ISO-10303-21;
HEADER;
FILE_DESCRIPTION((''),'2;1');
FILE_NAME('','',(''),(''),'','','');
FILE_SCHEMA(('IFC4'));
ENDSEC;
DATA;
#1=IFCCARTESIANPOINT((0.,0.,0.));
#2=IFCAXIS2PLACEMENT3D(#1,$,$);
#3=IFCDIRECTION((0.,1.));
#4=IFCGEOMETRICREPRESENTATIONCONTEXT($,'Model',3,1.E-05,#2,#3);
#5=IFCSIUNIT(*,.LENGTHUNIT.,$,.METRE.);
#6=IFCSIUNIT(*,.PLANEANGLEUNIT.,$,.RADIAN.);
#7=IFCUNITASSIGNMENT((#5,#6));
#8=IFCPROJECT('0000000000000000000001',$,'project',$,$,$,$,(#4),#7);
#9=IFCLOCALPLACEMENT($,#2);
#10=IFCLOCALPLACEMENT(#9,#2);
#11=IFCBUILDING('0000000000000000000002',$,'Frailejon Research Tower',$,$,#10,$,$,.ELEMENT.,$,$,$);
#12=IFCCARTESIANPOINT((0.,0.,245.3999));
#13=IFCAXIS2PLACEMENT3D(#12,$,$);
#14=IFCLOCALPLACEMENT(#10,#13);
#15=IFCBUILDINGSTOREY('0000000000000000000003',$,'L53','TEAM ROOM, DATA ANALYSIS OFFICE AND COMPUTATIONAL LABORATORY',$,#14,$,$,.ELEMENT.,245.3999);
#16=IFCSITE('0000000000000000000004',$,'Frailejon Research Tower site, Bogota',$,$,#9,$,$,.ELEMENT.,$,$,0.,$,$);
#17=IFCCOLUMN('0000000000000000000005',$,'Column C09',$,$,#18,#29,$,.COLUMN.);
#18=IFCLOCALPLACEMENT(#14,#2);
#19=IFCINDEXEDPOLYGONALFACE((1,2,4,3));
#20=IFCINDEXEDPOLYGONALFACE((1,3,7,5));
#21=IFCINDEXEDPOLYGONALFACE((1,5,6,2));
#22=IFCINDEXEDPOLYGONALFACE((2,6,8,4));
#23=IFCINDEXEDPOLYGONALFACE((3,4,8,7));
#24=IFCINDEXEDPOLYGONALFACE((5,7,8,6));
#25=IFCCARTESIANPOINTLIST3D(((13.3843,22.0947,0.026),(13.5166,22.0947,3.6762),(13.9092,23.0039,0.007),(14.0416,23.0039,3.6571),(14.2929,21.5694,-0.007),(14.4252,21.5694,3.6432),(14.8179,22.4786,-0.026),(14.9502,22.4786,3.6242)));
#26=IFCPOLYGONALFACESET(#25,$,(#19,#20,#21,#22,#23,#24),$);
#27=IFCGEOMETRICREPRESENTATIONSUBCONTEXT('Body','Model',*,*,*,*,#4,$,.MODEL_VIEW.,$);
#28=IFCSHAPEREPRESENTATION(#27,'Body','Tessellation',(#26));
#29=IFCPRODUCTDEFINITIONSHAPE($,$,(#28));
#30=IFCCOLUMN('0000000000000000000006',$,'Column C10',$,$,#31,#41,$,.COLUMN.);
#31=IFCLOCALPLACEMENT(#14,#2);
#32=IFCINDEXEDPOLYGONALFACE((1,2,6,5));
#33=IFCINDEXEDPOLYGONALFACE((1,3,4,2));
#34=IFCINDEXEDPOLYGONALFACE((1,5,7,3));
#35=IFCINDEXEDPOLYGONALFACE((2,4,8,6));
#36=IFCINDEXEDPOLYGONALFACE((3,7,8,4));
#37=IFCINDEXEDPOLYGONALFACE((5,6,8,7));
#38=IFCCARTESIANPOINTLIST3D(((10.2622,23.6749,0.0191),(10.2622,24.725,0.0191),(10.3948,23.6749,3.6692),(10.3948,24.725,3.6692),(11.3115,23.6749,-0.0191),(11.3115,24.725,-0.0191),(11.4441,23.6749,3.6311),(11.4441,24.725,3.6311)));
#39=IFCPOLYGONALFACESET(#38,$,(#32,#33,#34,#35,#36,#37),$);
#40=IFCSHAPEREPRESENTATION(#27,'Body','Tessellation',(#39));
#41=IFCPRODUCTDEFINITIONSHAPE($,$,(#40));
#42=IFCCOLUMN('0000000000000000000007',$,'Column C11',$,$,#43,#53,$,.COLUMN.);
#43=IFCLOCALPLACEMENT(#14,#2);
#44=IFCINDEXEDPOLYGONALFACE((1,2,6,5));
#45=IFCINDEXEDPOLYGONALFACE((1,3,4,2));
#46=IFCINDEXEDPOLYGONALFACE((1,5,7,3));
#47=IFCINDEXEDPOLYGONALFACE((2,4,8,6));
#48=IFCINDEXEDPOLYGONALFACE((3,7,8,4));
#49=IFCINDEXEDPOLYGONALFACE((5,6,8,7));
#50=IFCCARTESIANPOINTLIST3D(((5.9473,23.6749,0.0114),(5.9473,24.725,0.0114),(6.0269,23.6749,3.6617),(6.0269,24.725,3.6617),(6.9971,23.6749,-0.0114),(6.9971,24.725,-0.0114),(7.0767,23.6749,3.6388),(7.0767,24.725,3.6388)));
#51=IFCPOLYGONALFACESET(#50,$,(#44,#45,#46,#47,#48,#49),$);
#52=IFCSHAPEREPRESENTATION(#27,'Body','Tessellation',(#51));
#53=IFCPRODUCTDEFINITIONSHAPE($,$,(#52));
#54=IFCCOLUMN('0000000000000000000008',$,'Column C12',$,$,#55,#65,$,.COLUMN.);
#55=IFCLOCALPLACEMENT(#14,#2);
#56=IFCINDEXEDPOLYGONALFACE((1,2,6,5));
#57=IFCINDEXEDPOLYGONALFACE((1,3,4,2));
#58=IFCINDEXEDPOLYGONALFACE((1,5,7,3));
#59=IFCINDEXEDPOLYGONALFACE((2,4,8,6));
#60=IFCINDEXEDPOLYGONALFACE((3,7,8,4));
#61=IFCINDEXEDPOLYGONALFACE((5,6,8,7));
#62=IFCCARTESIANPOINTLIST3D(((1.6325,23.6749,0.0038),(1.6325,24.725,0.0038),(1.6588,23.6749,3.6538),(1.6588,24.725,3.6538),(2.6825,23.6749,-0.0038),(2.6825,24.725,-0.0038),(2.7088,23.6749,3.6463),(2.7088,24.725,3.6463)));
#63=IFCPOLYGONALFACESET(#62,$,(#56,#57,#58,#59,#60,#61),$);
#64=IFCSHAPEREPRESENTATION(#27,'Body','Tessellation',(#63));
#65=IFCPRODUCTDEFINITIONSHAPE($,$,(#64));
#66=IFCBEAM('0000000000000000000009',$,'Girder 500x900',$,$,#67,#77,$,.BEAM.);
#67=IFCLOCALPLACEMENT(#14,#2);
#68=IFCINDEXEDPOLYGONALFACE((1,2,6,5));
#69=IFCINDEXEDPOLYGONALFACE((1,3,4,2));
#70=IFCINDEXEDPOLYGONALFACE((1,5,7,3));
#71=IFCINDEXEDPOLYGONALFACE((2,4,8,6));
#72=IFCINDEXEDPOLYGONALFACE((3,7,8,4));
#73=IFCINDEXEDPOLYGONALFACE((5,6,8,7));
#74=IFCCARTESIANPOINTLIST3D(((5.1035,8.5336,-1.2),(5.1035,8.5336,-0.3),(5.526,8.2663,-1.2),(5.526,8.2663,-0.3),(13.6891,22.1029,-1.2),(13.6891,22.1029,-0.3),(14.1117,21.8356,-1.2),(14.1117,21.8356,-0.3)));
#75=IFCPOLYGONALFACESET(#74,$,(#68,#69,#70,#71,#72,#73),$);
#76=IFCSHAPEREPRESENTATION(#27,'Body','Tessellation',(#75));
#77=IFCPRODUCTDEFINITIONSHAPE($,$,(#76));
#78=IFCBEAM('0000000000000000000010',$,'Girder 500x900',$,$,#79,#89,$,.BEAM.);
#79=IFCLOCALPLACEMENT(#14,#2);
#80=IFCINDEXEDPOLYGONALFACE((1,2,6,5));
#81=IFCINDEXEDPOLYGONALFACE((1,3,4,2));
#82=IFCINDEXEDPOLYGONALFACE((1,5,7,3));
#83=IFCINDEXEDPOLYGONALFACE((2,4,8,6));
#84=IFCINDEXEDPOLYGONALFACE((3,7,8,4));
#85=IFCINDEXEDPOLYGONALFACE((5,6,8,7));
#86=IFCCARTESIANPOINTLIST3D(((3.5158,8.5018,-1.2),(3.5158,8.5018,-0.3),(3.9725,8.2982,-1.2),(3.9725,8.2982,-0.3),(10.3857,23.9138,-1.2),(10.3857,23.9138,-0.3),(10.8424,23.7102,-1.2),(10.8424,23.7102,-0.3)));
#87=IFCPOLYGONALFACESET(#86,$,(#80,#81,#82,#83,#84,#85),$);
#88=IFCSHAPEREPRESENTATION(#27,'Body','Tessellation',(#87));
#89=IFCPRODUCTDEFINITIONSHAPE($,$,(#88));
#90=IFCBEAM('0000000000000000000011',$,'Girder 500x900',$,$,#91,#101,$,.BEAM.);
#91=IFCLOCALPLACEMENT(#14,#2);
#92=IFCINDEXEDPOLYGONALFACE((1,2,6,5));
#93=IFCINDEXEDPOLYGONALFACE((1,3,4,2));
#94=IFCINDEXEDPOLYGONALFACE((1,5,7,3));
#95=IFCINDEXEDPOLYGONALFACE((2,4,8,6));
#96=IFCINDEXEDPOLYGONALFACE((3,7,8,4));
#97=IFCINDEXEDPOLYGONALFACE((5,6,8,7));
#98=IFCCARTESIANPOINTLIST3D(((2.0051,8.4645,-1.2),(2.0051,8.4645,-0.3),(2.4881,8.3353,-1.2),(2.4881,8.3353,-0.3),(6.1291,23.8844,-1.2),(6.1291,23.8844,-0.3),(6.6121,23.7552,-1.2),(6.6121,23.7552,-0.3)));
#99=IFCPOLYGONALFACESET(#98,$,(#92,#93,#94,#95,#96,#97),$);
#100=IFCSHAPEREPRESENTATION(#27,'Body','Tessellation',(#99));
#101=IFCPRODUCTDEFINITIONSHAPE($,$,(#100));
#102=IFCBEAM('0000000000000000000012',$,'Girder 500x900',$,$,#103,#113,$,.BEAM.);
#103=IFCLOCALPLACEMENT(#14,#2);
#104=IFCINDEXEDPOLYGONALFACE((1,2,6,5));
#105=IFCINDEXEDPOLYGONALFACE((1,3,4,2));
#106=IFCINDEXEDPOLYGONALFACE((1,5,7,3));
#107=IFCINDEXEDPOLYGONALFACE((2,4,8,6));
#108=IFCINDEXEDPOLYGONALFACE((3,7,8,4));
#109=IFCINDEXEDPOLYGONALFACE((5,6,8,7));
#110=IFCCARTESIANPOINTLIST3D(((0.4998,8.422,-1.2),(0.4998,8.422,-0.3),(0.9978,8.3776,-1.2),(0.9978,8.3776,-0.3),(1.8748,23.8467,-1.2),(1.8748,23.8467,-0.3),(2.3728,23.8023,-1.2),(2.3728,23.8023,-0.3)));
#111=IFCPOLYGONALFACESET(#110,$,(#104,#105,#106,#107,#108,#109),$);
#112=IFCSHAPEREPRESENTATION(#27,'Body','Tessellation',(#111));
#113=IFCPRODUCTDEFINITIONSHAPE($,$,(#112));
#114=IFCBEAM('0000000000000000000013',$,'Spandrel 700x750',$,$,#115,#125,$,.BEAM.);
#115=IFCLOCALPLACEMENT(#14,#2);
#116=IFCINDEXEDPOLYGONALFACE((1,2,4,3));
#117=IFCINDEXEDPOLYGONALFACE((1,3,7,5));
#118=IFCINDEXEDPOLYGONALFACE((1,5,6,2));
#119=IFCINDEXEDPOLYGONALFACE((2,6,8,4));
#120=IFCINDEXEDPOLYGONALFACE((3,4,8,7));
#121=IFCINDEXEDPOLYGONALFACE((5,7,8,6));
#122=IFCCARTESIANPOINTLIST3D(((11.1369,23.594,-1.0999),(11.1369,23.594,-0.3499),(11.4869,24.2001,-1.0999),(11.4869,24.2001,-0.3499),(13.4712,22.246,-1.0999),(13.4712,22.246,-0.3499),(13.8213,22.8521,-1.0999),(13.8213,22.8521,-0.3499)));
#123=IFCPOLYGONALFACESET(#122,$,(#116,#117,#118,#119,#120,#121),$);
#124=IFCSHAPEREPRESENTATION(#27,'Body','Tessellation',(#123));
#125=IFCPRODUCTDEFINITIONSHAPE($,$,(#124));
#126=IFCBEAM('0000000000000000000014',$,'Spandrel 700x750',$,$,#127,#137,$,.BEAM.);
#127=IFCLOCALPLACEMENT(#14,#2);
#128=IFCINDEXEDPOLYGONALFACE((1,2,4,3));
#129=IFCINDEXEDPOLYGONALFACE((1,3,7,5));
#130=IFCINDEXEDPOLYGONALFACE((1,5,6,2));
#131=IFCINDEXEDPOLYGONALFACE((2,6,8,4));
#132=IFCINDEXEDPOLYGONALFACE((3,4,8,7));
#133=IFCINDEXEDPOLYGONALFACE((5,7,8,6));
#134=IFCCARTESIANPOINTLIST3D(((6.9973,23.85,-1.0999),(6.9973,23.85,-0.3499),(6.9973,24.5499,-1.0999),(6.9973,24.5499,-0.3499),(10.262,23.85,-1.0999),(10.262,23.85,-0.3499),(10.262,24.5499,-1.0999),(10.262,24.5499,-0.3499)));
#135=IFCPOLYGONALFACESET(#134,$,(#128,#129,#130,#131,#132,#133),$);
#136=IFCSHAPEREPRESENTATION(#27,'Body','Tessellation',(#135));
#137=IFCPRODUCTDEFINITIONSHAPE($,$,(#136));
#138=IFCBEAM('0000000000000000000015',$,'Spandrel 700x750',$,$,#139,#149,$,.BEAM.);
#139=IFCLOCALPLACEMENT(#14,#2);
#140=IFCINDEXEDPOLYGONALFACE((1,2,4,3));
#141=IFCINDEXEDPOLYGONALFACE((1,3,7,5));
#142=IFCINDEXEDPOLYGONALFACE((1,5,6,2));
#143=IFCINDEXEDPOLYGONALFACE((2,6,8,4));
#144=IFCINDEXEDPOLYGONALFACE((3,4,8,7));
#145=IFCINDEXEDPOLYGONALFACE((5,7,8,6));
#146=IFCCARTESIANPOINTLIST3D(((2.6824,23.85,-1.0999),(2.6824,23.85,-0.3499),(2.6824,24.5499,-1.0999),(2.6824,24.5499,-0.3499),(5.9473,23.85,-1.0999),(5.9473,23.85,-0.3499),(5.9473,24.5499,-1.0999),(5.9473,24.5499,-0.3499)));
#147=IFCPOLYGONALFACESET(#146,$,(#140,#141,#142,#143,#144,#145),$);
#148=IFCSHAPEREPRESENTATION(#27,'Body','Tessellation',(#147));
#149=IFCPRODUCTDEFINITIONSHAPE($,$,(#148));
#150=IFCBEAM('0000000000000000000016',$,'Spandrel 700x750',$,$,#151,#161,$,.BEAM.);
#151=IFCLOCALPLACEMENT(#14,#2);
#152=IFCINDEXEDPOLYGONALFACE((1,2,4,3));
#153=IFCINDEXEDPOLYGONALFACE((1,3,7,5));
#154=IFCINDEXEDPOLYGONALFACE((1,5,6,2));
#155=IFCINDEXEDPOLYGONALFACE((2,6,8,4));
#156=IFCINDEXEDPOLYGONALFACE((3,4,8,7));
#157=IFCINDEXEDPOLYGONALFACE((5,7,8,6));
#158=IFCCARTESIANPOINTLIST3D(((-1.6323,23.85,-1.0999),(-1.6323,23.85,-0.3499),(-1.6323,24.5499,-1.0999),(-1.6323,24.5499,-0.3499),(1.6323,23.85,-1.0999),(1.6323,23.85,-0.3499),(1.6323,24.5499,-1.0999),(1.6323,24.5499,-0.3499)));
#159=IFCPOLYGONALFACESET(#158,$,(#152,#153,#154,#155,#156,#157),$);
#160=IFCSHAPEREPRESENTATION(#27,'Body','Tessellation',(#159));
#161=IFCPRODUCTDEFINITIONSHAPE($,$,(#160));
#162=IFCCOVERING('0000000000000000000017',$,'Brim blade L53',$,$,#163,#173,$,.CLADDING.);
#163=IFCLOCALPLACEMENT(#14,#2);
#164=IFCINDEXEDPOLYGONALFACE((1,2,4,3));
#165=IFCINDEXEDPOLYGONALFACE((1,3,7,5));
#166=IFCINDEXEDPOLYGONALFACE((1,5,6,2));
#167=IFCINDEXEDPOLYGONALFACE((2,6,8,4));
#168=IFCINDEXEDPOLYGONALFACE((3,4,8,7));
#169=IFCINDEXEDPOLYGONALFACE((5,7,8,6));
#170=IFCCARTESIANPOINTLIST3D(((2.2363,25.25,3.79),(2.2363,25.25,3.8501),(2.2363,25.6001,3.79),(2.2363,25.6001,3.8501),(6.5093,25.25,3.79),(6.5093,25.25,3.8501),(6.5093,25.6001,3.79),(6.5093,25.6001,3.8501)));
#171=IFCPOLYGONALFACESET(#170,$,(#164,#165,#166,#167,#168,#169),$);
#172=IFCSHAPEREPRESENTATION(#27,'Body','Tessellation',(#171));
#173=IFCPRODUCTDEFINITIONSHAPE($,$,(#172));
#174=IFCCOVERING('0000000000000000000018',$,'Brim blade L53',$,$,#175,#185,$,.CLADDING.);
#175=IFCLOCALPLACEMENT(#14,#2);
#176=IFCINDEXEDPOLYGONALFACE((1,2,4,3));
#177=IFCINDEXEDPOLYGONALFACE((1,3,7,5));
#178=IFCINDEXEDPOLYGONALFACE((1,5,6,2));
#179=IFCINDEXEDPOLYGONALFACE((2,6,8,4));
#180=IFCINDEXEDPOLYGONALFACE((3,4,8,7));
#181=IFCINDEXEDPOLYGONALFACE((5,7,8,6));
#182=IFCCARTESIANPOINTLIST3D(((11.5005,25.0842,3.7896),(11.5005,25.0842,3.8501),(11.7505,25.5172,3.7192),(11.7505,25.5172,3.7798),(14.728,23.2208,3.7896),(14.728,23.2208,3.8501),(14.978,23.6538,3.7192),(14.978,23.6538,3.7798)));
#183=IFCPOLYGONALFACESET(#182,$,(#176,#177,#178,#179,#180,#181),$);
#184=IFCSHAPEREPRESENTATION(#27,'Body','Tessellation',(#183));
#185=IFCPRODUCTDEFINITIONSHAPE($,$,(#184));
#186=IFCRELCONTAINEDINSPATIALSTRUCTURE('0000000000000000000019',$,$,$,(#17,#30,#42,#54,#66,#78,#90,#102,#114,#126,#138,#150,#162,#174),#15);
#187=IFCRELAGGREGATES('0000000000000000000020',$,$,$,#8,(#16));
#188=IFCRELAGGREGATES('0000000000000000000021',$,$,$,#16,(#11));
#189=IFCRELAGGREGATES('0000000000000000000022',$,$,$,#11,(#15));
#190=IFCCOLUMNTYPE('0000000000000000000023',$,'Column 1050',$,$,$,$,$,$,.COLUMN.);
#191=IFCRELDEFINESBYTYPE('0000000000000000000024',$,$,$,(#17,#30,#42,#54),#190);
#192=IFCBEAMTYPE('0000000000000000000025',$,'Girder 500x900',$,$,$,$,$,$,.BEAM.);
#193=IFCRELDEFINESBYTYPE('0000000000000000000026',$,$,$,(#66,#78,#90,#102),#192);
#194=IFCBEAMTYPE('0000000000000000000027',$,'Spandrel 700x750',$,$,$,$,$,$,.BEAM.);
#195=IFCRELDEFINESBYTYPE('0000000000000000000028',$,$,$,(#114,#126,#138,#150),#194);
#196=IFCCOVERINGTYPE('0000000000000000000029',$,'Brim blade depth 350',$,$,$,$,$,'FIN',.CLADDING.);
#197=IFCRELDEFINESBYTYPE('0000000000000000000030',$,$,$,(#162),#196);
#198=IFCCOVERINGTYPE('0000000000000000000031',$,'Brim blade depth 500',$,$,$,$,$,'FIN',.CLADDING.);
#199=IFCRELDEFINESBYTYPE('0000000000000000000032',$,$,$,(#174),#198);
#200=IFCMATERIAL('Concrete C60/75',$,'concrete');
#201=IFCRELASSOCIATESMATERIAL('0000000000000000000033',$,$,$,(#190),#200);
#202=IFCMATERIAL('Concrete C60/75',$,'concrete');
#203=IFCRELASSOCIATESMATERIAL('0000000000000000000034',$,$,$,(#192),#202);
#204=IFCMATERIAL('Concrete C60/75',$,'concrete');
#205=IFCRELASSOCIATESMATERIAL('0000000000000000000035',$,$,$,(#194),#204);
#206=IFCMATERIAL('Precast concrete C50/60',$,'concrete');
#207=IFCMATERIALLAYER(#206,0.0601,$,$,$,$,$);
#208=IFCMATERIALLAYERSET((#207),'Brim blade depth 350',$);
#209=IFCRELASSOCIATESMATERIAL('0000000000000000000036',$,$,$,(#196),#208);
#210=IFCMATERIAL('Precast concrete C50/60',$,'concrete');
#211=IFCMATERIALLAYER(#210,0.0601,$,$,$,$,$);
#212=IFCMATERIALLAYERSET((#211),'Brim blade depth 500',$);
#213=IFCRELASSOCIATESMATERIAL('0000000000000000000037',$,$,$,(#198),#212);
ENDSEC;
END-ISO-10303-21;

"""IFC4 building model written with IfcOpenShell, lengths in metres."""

from ifc_helpers import new_model, si_unit, direction, frame, origin, origin_2d, place, context, subcontext, project, spatial, polyline, rectangle, outline, extrude, material, layer, layer_set, material_profile, profile_set, type_object, element, save


model = new_model("IFC4")

# Units and contexts
model_context = context("Model", 3, precision=1e-05, world=origin(), true_north=direction((0.0, 1.0)))
body_context = subcontext(model_context, "Body", "Model", "MODEL_VIEW")
ifc_project = project(units=[si_unit("LENGTHUNIT", "METRE"), si_unit("PLANEANGLEUNIT", "RADIAN")], contexts=[model_context])

# Site, building, storey
site_placement = place(None, origin())
site = spatial("IfcSite", under=ifc_project, at=site_placement, Name="Frailejon Research Tower site, Bogota", CompositionType="ELEMENT", RefElevation=0.0)
building_placement = place(site_placement, origin())
building = spatial("IfcBuilding", under=site, at=building_placement, Name="Frailejon Research Tower", CompositionType="ELEMENT")
storey_placement = place(building_placement, frame((0.0, 0.0, 245.3999)))
storey = spatial("IfcBuildingStorey", under=building, at=storey_placement, Name="L53", Description="TEAM ROOM, DATA ANALYSIS OFFICE AND COMPUTATIONAL LABORATORY", CompositionType="ELEMENT", Elevation=245.3999)

# Columns
ifc_material_1 = material(Name="Concrete C60/75", Category="concrete")
ifc_material_profile_1 = material_profile(ifc_material_1, rectangle(XDim=1.05, YDim=1.05, at=origin_2d()), Name="Column 1050")
ifc_profile_set_1 = profile_set([ifc_material_profile_1], Name="Concrete C60/75")
column_type = type_object("IfcColumnType", Name="Column 1050", PredefinedType="COLUMN", material=ifc_profile_set_1)
for number, where, z_axis, x_axis, name in (
    (1, (14.1011, 22.2866, 0.0), (0.036228, 0.0, 0.999344), (-0.865315, 0.500246, 0.031369), "Column C09"),
    (2, (10.7869, 24.2, 0.0), (0.036295, 0.0, 0.999341), (-0.999341, 0.0, 0.036295), "Column C10"),
):
    element("IfcColumn", number, at=place(storey_placement, frame(where, z_axis=z_axis, x_axis=x_axis)), inside=storey, type_object=column_type, Name=name, PredefinedType="COLUMN", context=body_context, shape_type="SweptSolid", body=[
        extrude(rectangle(XDim=1.05, YDim=1.05, at=origin_2d()), origin(), (0.0, 0.0, 1.0), 3.6526),
    ])
column_1_placement = place(storey_placement, frame((6.4722, 24.2, 0.0), z_axis=(0.021799, 0.0, 0.999762), x_axis=(-0.999762, 0.0, 0.021799)))
element("IfcColumn", 3, at=column_1_placement, inside=storey, type_object=column_type, Name="Column C11", PredefinedType="COLUMN", context=body_context, shape_type="SweptSolid", body=[
    extrude(rectangle(XDim=1.05, YDim=1.05, at=origin_2d()), origin(), (0.0, 0.0, 1.0), 3.6511),
])
column_2_placement = place(storey_placement, frame((2.1575, 24.2, 0.0), z_axis=(0.007223, 0.0, 0.999974), x_axis=(-0.999974, 0.0, 0.007223)))
element("IfcColumn", 4, at=column_2_placement, inside=storey, type_object=column_type, Name="Column C12", PredefinedType="COLUMN", context=body_context, shape_type="SweptSolid", body=[
    extrude(rectangle(XDim=1.05, YDim=1.05, at=origin_2d()), origin(), (0.0, 0.0, 1.0), 3.6501),
])

# Beams
ifc_material_2 = material(Name="Concrete C60/75", Category="concrete")
ifc_material_profile_2 = material_profile(ifc_material_2, rectangle(XDim=0.5, YDim=0.8999, at=origin_2d()), Name="Girder 500x900")
ifc_profile_set_2 = profile_set([ifc_material_profile_2], Name="Concrete C60/75")
beam_type_1 = type_object("IfcBeamType", Name="Girder 500x900", PredefinedType="BEAM", material=ifc_profile_set_2)
beam_1_placement = place(storey_placement, frame((13.9004, 21.9692, -0.75), z_axis=(-0.534687, -0.84505, 0.0), x_axis=(0.84505, -0.534687, 0.0)))
element("IfcBeam", 5, at=beam_1_placement, inside=storey, type_object=beam_type_1, Name="Girder 500x900", PredefinedType="BEAM", context=body_context, shape_type="SweptSolid", body=[
    extrude(rectangle(XDim=0.5, YDim=0.8999, at=origin_2d()), origin(), (0.0, 0.0, 1.0), 16.0574),
])
beam_2_placement = place(storey_placement, frame((10.614, 23.812, -0.75), z_axis=(-0.40713, -0.91337, 0.0), x_axis=(0.91337, -0.40713, 0.0)))
element("IfcBeam", 6, at=beam_2_placement, inside=storey, type_object=beam_type_1, Name="Girder 500x900", PredefinedType="BEAM", context=body_context, shape_type="SweptSolid", body=[
    extrude(rectangle(XDim=0.5, YDim=0.8999, at=origin_2d()), origin(), (0.0, 0.0, 1.0), 16.8738),
])
beam_3_placement = place(storey_placement, frame((6.3706, 23.8198, -0.75), z_axis=(-0.258367, -0.966047, 0.0), x_axis=(0.966047, -0.258367, 0.0)))
element("IfcBeam", 7, at=beam_3_placement, inside=storey, type_object=beam_type_1, Name="Girder 500x900", PredefinedType="BEAM", context=body_context, shape_type="SweptSolid", body=[
    extrude(rectangle(XDim=0.5, YDim=0.8999, at=origin_2d()), origin(), (0.0, 0.0, 1.0), 15.9619),
])
beam_4_placement = place(storey_placement, frame((2.1238, 23.8245, -0.75), z_axis=(-0.088791, -0.99605, 0.0), x_axis=(0.99605, -0.088791, 0.0)))
element("IfcBeam", 8, at=beam_4_placement, inside=storey, type_object=beam_type_1, Name="Girder 500x900", PredefinedType="BEAM", context=body_context, shape_type="SweptSolid", body=[
    extrude(rectangle(XDim=0.5, YDim=0.8999, at=origin_2d()), origin(), (0.0, 0.0, 1.0), 15.4858),
])
ifc_material_3 = material(Name="Concrete C60/75", Category="concrete")
ifc_material_profile_3 = material_profile(ifc_material_3, rectangle(XDim=0.7, YDim=0.75, at=origin_2d()), Name="Spandrel 700x750")
ifc_profile_set_3 = profile_set([ifc_material_profile_3], Name="Concrete C60/75")
beam_type_2 = type_object("IfcBeamType", Name="Spandrel 700x750", PredefinedType="BEAM", material=ifc_profile_set_3)
beam_5_placement = place(storey_placement, frame((13.6462, 22.5491, -0.7249), z_axis=(-0.865988, 0.500065, 0.0), x_axis=(-0.500065, -0.865988, 0.0)))
element("IfcBeam", 9, at=beam_5_placement, inside=storey, type_object=beam_type_2, Name="Spandrel 700x750", PredefinedType="BEAM", context=body_context, shape_type="SweptSolid", body=[
    extrude(rectangle(XDim=0.7, YDim=0.75, at=origin_2d()), origin(), (0.0, 0.0, 1.0), 2.6956),
])
beam_6_placement = place(storey_placement, frame((10.262, 24.2, -0.7249), z_axis=(-1.0, 0.0, 0.0), x_axis=(0.0, -1.0, 0.0)))
element("IfcBeam", 10, at=beam_6_placement, inside=storey, type_object=beam_type_2, Name="Spandrel 700x750", PredefinedType="BEAM", context=body_context, shape_type="SweptSolid", body=[
    extrude(rectangle(XDim=0.7, YDim=0.75, at=origin_2d()), origin(), (0.0, 0.0, 1.0), 3.2646),
])
beam_7_placement = place(storey_placement, frame((5.9473, 24.2, -0.7249), z_axis=(-1.0, 0.0, 0.0), x_axis=(0.0, -1.0, 0.0)))
element("IfcBeam", 11, at=beam_7_placement, inside=storey, type_object=beam_type_2, Name="Spandrel 700x750", PredefinedType="BEAM", context=body_context, shape_type="SweptSolid", body=[
    extrude(rectangle(XDim=0.7, YDim=0.75, at=origin_2d()), origin(), (0.0, 0.0, 1.0), 3.2649),
])
beam_8_placement = place(storey_placement, frame((1.6323, 24.2, -0.7249), z_axis=(-1.0, 0.0, 0.0), x_axis=(0.0, -1.0, 0.0)))
element("IfcBeam", 12, at=beam_8_placement, inside=storey, type_object=beam_type_2, Name="Spandrel 700x750", PredefinedType="BEAM", context=body_context, shape_type="SweptSolid", body=[
    extrude(rectangle(XDim=0.7, YDim=0.75, at=origin_2d()), origin(), (0.0, 0.0, 1.0), 3.2646),
])

# Coverings
ifc_material_4 = material(Name="Precast concrete C50/60", Category="concrete")
ifc_layer_1 = layer(ifc_material_4, 0.0601)
ifc_layer_set_1 = layer_set([ifc_layer_1], Name="Brim blade depth 350")
covering_type_1 = type_object("IfcCoveringType", Name="Brim blade depth 350", ElementType="FIN", PredefinedType="CLADDING", material=ifc_layer_set_1)
covering_1_placement = place(storey_placement, frame((2.2363, 25.25, 3.8501), z_axis=(1.0, 0.0, 0.0), x_axis=(0.0, 1.0, 0.0)))
element("IfcCovering", 13, at=covering_1_placement, inside=storey, type_object=covering_type_1, Name="Brim blade L53", PredefinedType="CLADDING", context=body_context, shape_type="SweptSolid", body=[
    extrude(outline(polyline([(0.0, -0.0601), (0.3501, -0.0601), (0.3501, 0.0), (0.0, 0.0), (0.0, -0.0601)])), origin(), (0.0, 0.0, 1.0), 4.2729),
])
ifc_material_5 = material(Name="Precast concrete C50/60", Category="concrete")
ifc_layer_2 = layer(ifc_material_5, 0.0601)
ifc_layer_set_2 = layer_set([ifc_layer_2], Name="Brim blade depth 500")
covering_type_2 = type_object("IfcCoveringType", Name="Brim blade depth 500", ElementType="FIN", PredefinedType="CLADDING", material=ifc_layer_set_2)
covering_2_placement = place(storey_placement, frame((11.5005, 25.0842, 3.8501), z_axis=(0.866018, -0.500012, 0.0), x_axis=(0.500012, 0.866018, 0.0)))
element("IfcCovering", 14, at=covering_2_placement, inside=storey, type_object=covering_type_2, Name="Brim blade L53", PredefinedType="CLADDING", context=body_context, shape_type="SweptSolid", body=[
    extrude(outline(polyline([(0.0, -0.0605), (0.5, -0.1309), (0.5, -0.0703), (0.0, 0.0), (0.0, -0.0605)])), origin(), (0.0, 0.0, 1.0), 3.7268),
])

save(model, "model.ifc")
